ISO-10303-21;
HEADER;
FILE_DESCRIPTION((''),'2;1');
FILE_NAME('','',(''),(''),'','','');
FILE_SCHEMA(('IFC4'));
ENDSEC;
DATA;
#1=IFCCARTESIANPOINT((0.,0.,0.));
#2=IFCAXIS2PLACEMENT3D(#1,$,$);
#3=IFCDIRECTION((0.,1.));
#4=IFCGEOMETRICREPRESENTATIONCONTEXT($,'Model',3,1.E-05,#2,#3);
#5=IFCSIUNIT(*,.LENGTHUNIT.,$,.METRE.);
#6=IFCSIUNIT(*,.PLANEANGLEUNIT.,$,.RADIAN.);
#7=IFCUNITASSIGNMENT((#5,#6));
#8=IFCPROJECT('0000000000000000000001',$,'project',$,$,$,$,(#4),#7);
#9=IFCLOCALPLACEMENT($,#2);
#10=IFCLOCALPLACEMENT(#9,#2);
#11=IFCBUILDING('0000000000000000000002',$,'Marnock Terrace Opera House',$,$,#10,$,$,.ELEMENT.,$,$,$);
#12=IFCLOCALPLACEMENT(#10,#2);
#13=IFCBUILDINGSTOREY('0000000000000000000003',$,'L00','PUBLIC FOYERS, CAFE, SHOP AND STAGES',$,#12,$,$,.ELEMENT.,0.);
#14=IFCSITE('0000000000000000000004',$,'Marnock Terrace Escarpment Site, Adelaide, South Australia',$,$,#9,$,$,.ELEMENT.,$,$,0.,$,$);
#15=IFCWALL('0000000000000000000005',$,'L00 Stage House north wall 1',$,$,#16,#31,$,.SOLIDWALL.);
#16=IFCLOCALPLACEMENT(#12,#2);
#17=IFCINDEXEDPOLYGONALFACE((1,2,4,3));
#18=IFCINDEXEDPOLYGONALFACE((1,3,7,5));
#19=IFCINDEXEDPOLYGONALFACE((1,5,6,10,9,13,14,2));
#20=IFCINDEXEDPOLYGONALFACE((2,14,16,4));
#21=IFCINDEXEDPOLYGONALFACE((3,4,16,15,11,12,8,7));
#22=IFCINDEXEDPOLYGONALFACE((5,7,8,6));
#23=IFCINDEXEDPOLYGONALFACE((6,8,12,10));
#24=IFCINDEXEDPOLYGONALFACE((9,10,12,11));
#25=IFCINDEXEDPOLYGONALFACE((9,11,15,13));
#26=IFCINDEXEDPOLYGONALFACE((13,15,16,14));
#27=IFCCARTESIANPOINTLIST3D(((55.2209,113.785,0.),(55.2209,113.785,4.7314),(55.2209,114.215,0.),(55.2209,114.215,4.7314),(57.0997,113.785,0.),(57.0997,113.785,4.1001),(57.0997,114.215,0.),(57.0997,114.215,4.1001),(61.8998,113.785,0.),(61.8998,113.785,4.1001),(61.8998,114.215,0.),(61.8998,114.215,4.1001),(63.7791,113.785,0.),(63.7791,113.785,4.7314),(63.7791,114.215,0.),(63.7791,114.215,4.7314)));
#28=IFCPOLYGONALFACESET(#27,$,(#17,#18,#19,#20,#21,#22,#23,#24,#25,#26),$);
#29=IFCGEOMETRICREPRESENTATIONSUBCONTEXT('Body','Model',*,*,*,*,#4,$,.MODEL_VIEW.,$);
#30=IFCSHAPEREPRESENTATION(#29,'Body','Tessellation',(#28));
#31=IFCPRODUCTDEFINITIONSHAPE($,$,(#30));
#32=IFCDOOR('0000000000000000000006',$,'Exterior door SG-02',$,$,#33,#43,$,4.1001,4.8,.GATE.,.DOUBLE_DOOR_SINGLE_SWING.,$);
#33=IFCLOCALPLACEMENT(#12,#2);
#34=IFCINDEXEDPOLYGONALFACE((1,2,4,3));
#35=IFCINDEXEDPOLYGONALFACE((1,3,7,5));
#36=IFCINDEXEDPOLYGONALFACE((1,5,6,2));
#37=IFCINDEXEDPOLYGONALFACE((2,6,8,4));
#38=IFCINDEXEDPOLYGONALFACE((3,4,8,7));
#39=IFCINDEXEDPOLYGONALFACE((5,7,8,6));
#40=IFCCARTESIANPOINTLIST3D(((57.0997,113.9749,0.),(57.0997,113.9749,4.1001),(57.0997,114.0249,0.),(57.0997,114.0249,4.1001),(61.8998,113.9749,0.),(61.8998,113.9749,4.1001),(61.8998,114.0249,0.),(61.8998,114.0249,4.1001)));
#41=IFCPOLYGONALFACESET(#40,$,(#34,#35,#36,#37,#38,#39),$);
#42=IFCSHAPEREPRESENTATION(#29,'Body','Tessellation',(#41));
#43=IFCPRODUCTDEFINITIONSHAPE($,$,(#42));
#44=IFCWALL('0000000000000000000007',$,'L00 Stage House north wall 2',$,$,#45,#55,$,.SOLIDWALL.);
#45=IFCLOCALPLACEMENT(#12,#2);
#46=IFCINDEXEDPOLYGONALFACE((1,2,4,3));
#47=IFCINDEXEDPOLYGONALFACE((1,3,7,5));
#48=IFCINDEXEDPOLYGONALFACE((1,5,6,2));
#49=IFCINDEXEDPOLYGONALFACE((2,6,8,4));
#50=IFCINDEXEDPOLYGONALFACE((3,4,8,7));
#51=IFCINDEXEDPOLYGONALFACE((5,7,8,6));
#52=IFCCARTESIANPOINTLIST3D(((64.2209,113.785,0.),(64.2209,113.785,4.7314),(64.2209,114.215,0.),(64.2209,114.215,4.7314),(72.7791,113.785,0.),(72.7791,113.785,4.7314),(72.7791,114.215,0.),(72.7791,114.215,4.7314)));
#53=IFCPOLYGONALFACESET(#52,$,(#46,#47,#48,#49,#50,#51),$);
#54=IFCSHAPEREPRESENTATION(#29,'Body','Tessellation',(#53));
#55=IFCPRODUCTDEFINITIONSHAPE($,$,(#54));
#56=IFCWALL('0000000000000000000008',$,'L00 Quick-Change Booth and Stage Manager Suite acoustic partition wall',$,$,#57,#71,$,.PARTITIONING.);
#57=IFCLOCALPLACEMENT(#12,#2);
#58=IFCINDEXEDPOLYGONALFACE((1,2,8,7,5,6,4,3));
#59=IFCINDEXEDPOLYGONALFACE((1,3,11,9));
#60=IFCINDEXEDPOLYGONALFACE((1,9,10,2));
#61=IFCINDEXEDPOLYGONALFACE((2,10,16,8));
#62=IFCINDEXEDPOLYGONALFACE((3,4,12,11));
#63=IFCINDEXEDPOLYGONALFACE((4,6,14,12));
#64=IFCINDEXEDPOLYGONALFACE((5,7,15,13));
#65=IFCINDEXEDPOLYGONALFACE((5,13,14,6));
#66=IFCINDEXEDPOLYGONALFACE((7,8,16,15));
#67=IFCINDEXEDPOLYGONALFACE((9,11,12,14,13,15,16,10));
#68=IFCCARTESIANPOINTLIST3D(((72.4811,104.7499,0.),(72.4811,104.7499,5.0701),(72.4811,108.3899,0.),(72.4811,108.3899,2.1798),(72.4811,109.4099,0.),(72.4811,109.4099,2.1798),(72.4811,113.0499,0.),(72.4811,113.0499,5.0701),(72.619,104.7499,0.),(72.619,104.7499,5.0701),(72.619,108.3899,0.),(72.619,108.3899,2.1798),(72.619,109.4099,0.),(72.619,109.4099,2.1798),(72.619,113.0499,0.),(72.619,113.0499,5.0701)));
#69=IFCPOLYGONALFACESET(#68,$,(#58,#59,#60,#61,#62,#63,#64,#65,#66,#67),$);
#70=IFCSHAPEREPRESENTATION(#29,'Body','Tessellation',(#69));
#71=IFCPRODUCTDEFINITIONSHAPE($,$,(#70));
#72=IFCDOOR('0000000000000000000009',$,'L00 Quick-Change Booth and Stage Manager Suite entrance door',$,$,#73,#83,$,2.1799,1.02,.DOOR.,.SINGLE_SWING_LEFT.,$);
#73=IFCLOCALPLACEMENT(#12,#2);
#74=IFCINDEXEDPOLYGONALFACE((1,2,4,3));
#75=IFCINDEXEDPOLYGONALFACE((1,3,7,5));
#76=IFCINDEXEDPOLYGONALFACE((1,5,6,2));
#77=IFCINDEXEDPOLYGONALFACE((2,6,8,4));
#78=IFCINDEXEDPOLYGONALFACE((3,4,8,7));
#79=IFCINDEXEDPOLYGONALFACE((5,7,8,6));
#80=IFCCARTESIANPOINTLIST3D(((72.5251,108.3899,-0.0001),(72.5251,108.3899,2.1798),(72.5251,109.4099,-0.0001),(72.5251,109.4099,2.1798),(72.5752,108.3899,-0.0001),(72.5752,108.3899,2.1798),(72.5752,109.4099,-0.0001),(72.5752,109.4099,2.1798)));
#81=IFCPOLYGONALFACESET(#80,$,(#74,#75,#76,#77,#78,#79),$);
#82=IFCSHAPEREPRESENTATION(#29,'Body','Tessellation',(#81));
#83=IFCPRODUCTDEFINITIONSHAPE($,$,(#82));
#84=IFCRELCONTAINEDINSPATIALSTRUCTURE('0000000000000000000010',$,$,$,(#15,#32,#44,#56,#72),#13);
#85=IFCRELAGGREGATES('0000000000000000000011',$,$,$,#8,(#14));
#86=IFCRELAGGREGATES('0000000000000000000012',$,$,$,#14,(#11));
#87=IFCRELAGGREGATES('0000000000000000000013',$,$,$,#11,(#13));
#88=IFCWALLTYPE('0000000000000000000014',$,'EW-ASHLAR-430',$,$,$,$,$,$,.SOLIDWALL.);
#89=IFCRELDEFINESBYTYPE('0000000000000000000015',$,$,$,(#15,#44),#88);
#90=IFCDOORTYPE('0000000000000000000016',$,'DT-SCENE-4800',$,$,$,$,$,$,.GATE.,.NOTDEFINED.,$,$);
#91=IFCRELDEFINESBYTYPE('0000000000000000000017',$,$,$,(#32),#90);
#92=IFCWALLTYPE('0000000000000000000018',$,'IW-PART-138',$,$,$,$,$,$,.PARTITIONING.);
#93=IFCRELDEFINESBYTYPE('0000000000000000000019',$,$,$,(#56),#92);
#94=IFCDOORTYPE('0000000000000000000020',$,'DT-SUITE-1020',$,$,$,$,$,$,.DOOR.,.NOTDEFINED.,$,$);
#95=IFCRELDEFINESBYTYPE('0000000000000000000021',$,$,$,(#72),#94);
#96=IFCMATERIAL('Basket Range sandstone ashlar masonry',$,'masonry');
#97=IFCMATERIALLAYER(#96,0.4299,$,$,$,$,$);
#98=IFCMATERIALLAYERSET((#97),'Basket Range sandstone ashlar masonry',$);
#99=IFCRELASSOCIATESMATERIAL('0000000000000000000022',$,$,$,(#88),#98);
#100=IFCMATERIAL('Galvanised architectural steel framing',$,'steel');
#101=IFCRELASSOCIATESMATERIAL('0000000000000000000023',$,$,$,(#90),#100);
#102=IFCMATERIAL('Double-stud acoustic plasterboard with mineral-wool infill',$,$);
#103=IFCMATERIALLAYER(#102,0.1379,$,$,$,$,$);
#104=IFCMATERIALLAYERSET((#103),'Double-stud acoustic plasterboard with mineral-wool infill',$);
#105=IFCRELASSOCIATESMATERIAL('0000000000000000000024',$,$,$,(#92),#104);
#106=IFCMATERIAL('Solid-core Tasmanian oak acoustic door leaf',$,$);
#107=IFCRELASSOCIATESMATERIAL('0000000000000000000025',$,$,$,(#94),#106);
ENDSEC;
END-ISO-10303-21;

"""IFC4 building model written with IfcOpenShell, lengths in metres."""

from ifc_helpers import new_model, si_unit, direction, frame, frame_2d, origin, place, context, subcontext, project, spatial, rectangle, extrude, material, layer, layer_set, type_object, element, fill, save


model = new_model("IFC4")

# Units and contexts
model_context = context("Model", 3, precision=1e-05, world=origin(), true_north=direction((0.0, 1.0)))
body_context = subcontext(model_context, "Body", "Model", "MODEL_VIEW")
ifc_project = project(units=[si_unit("LENGTHUNIT", "METRE"), si_unit("PLANEANGLEUNIT", "RADIAN")], contexts=[model_context])

# Site, building, storey
site_placement = place(None, origin())
site = spatial("IfcSite", under=ifc_project, at=site_placement, Name="Marnock Terrace Escarpment Site, Adelaide, South Australia", CompositionType="ELEMENT", RefElevation=0.0)
building_placement = place(site_placement, origin())
building = spatial("IfcBuilding", under=site, at=building_placement, Name="Marnock Terrace Opera House", CompositionType="ELEMENT")
storey_placement = place(building_placement, origin())
storey = spatial("IfcBuildingStorey", under=building, at=storey_placement, Name="L00", Description="PUBLIC FOYERS, CAFE, SHOP AND STAGES", CompositionType="ELEMENT", Elevation=0.0)

# Wall, opening, door
ifc_material_1 = material(Name="Basket Range sandstone ashlar masonry", Category="masonry")
ifc_layer_1 = layer(ifc_material_1, 0.4299)
ifc_layer_set_1 = layer_set([ifc_layer_1], Name="Basket Range sandstone ashlar masonry")
wall_type_1 = type_object("IfcWallType", Name="EW-ASHLAR-430", PredefinedType="SOLIDWALL", material=ifc_layer_set_1)
wall_1_placement = place(storey_placement, frame((55.2209, 114.0, 0.0), z_axis=(0.0, 0.0, 1.0), x_axis=(1.0, 0.0, 0.0)))
wall_1 = element("IfcWall", 1, at=wall_1_placement, inside=storey, type_object=wall_type_1, Name="L00 Stage House north wall 1", PredefinedType="SOLIDWALL", context=body_context, shape_type="SweptSolid", body=[
    extrude(rectangle(XDim=8.5581, YDim=0.4299, at=frame_2d((4.2791, 0.0))), origin(), (0.0, 0.0, 1.0), 4.7314),
])
opening_1_placement = place(wall_1_placement, frame((1.8789, 0.0, 0.0)))
opening_1 = element("IfcOpeningElement", 2, at=opening_1_placement, cuts=wall_1, PredefinedType="OPENING", context=body_context, shape_type="SweptSolid", body=[
    extrude(rectangle(XDim=4.8, YDim=4.1001, at=frame_2d((2.3999, 2.05))), frame((0.0, 0.2249, 0.0), z_axis=(0.0, -1.0, 0.0), x_axis=(1.0, 0.0, 0.0)), (0.0, 0.0, 1.0), 0.45),
])
ifc_material_2 = material(Name="Galvanised architectural steel framing", Category="steel")
door_type_1 = type_object("IfcDoorType", Name="DT-SCENE-4800", OperationType="NOTDEFINED", PredefinedType="GATE", material=ifc_material_2)
door_1_placement = place(opening_1_placement, origin())
door_1 = element("IfcDoor", 3, at=door_1_placement, inside=storey, type_object=door_type_1, Name="Exterior door SG-02", OperationType="DOUBLE_DOOR_SINGLE_SWING", OverallHeight=4.1001, OverallWidth=4.8, PredefinedType="GATE", context=body_context, shape_type="SweptSolid", body=[
    extrude(rectangle(XDim=4.8, YDim=4.1001, at=frame_2d((2.3999, 2.05))), frame((0.0, 0.0249, 0.0), z_axis=(0.0, -1.0, 0.0), x_axis=(1.0, 0.0, 0.0)), (0.0, 0.0, 1.0), 0.05),
])
fill(opening_1, door_1)

# Wall
wall_2_placement = place(storey_placement, frame((64.2209, 114.0, 0.0), z_axis=(0.0, 0.0, 1.0), x_axis=(1.0, 0.0, 0.0)))
element("IfcWall", 4, at=wall_2_placement, inside=storey, type_object=wall_type_1, Name="L00 Stage House north wall 2", PredefinedType="SOLIDWALL", context=body_context, shape_type="SweptSolid", body=[
    extrude(rectangle(XDim=8.5581, YDim=0.4299, at=frame_2d((4.2791, 0.0))), origin(), (0.0, 0.0, 1.0), 4.7314),
])

# Wall, opening, door
ifc_material_3 = material(Name="Double-stud acoustic plasterboard with mineral-wool infill")
ifc_layer_2 = layer(ifc_material_3, 0.1379)
ifc_layer_set_2 = layer_set([ifc_layer_2], Name="Double-stud acoustic plasterboard with mineral-wool infill")
wall_type_2 = type_object("IfcWallType", Name="IW-PART-138", PredefinedType="PARTITIONING", material=ifc_layer_set_2)
wall_3_placement = place(storey_placement, frame((72.55, 104.75, 0.0), z_axis=(0.0, 0.0, 1.0), x_axis=(0.0, 1.0, 0.0)))
wall_3 = element("IfcWall", 5, at=wall_3_placement, inside=storey, type_object=wall_type_2, Name="L00 Quick-Change Booth and Stage Manager Suite acoustic partition wall", PredefinedType="PARTITIONING", context=body_context, shape_type="SweptSolid", body=[
    extrude(rectangle(XDim=8.3, YDim=0.1379, at=frame_2d((4.1499, 0.0))), origin(), (0.0, 0.0, 1.0), 5.0701),
])
opening_2_placement = place(wall_3_placement, frame((3.6399, 0.0, 0.0)))
opening_2 = element("IfcOpeningElement", 6, at=opening_2_placement, cuts=wall_3, PredefinedType="OPENING", context=body_context, shape_type="SweptSolid", body=[
    extrude(rectangle(XDim=1.02, YDim=2.1799, at=frame_2d((0.51, 1.0898))), frame((0.0, 0.0789, 0.0), z_axis=(0.0, -1.0, 0.0), x_axis=(1.0, 0.0, 0.0)), (0.0, 0.0, 1.0), 0.158),
])
ifc_material_4 = material(Name="Solid-core Tasmanian oak acoustic door leaf")
door_type_2 = type_object("IfcDoorType", Name="DT-SUITE-1020", OperationType="NOTDEFINED", PredefinedType="DOOR", material=ifc_material_4)
door_2_placement = place(opening_2_placement, origin())
door_2 = element("IfcDoor", 7, at=door_2_placement, inside=storey, type_object=door_type_2, Name="L00 Quick-Change Booth and Stage Manager Suite entrance door", OperationType="SINGLE_SWING_LEFT", OverallHeight=2.1799, OverallWidth=1.02, PredefinedType="DOOR", context=body_context, shape_type="SweptSolid", body=[
    extrude(rectangle(XDim=1.02, YDim=2.1799, at=frame_2d((0.51, 1.0898))), frame((0.0, 0.0249, 0.0), z_axis=(0.0, -1.0, 0.0), x_axis=(1.0, 0.0, 0.0)), (0.0, 0.0, 1.0), 0.05),
])
fill(opening_2, door_2)

save(model, "model.ifc")
